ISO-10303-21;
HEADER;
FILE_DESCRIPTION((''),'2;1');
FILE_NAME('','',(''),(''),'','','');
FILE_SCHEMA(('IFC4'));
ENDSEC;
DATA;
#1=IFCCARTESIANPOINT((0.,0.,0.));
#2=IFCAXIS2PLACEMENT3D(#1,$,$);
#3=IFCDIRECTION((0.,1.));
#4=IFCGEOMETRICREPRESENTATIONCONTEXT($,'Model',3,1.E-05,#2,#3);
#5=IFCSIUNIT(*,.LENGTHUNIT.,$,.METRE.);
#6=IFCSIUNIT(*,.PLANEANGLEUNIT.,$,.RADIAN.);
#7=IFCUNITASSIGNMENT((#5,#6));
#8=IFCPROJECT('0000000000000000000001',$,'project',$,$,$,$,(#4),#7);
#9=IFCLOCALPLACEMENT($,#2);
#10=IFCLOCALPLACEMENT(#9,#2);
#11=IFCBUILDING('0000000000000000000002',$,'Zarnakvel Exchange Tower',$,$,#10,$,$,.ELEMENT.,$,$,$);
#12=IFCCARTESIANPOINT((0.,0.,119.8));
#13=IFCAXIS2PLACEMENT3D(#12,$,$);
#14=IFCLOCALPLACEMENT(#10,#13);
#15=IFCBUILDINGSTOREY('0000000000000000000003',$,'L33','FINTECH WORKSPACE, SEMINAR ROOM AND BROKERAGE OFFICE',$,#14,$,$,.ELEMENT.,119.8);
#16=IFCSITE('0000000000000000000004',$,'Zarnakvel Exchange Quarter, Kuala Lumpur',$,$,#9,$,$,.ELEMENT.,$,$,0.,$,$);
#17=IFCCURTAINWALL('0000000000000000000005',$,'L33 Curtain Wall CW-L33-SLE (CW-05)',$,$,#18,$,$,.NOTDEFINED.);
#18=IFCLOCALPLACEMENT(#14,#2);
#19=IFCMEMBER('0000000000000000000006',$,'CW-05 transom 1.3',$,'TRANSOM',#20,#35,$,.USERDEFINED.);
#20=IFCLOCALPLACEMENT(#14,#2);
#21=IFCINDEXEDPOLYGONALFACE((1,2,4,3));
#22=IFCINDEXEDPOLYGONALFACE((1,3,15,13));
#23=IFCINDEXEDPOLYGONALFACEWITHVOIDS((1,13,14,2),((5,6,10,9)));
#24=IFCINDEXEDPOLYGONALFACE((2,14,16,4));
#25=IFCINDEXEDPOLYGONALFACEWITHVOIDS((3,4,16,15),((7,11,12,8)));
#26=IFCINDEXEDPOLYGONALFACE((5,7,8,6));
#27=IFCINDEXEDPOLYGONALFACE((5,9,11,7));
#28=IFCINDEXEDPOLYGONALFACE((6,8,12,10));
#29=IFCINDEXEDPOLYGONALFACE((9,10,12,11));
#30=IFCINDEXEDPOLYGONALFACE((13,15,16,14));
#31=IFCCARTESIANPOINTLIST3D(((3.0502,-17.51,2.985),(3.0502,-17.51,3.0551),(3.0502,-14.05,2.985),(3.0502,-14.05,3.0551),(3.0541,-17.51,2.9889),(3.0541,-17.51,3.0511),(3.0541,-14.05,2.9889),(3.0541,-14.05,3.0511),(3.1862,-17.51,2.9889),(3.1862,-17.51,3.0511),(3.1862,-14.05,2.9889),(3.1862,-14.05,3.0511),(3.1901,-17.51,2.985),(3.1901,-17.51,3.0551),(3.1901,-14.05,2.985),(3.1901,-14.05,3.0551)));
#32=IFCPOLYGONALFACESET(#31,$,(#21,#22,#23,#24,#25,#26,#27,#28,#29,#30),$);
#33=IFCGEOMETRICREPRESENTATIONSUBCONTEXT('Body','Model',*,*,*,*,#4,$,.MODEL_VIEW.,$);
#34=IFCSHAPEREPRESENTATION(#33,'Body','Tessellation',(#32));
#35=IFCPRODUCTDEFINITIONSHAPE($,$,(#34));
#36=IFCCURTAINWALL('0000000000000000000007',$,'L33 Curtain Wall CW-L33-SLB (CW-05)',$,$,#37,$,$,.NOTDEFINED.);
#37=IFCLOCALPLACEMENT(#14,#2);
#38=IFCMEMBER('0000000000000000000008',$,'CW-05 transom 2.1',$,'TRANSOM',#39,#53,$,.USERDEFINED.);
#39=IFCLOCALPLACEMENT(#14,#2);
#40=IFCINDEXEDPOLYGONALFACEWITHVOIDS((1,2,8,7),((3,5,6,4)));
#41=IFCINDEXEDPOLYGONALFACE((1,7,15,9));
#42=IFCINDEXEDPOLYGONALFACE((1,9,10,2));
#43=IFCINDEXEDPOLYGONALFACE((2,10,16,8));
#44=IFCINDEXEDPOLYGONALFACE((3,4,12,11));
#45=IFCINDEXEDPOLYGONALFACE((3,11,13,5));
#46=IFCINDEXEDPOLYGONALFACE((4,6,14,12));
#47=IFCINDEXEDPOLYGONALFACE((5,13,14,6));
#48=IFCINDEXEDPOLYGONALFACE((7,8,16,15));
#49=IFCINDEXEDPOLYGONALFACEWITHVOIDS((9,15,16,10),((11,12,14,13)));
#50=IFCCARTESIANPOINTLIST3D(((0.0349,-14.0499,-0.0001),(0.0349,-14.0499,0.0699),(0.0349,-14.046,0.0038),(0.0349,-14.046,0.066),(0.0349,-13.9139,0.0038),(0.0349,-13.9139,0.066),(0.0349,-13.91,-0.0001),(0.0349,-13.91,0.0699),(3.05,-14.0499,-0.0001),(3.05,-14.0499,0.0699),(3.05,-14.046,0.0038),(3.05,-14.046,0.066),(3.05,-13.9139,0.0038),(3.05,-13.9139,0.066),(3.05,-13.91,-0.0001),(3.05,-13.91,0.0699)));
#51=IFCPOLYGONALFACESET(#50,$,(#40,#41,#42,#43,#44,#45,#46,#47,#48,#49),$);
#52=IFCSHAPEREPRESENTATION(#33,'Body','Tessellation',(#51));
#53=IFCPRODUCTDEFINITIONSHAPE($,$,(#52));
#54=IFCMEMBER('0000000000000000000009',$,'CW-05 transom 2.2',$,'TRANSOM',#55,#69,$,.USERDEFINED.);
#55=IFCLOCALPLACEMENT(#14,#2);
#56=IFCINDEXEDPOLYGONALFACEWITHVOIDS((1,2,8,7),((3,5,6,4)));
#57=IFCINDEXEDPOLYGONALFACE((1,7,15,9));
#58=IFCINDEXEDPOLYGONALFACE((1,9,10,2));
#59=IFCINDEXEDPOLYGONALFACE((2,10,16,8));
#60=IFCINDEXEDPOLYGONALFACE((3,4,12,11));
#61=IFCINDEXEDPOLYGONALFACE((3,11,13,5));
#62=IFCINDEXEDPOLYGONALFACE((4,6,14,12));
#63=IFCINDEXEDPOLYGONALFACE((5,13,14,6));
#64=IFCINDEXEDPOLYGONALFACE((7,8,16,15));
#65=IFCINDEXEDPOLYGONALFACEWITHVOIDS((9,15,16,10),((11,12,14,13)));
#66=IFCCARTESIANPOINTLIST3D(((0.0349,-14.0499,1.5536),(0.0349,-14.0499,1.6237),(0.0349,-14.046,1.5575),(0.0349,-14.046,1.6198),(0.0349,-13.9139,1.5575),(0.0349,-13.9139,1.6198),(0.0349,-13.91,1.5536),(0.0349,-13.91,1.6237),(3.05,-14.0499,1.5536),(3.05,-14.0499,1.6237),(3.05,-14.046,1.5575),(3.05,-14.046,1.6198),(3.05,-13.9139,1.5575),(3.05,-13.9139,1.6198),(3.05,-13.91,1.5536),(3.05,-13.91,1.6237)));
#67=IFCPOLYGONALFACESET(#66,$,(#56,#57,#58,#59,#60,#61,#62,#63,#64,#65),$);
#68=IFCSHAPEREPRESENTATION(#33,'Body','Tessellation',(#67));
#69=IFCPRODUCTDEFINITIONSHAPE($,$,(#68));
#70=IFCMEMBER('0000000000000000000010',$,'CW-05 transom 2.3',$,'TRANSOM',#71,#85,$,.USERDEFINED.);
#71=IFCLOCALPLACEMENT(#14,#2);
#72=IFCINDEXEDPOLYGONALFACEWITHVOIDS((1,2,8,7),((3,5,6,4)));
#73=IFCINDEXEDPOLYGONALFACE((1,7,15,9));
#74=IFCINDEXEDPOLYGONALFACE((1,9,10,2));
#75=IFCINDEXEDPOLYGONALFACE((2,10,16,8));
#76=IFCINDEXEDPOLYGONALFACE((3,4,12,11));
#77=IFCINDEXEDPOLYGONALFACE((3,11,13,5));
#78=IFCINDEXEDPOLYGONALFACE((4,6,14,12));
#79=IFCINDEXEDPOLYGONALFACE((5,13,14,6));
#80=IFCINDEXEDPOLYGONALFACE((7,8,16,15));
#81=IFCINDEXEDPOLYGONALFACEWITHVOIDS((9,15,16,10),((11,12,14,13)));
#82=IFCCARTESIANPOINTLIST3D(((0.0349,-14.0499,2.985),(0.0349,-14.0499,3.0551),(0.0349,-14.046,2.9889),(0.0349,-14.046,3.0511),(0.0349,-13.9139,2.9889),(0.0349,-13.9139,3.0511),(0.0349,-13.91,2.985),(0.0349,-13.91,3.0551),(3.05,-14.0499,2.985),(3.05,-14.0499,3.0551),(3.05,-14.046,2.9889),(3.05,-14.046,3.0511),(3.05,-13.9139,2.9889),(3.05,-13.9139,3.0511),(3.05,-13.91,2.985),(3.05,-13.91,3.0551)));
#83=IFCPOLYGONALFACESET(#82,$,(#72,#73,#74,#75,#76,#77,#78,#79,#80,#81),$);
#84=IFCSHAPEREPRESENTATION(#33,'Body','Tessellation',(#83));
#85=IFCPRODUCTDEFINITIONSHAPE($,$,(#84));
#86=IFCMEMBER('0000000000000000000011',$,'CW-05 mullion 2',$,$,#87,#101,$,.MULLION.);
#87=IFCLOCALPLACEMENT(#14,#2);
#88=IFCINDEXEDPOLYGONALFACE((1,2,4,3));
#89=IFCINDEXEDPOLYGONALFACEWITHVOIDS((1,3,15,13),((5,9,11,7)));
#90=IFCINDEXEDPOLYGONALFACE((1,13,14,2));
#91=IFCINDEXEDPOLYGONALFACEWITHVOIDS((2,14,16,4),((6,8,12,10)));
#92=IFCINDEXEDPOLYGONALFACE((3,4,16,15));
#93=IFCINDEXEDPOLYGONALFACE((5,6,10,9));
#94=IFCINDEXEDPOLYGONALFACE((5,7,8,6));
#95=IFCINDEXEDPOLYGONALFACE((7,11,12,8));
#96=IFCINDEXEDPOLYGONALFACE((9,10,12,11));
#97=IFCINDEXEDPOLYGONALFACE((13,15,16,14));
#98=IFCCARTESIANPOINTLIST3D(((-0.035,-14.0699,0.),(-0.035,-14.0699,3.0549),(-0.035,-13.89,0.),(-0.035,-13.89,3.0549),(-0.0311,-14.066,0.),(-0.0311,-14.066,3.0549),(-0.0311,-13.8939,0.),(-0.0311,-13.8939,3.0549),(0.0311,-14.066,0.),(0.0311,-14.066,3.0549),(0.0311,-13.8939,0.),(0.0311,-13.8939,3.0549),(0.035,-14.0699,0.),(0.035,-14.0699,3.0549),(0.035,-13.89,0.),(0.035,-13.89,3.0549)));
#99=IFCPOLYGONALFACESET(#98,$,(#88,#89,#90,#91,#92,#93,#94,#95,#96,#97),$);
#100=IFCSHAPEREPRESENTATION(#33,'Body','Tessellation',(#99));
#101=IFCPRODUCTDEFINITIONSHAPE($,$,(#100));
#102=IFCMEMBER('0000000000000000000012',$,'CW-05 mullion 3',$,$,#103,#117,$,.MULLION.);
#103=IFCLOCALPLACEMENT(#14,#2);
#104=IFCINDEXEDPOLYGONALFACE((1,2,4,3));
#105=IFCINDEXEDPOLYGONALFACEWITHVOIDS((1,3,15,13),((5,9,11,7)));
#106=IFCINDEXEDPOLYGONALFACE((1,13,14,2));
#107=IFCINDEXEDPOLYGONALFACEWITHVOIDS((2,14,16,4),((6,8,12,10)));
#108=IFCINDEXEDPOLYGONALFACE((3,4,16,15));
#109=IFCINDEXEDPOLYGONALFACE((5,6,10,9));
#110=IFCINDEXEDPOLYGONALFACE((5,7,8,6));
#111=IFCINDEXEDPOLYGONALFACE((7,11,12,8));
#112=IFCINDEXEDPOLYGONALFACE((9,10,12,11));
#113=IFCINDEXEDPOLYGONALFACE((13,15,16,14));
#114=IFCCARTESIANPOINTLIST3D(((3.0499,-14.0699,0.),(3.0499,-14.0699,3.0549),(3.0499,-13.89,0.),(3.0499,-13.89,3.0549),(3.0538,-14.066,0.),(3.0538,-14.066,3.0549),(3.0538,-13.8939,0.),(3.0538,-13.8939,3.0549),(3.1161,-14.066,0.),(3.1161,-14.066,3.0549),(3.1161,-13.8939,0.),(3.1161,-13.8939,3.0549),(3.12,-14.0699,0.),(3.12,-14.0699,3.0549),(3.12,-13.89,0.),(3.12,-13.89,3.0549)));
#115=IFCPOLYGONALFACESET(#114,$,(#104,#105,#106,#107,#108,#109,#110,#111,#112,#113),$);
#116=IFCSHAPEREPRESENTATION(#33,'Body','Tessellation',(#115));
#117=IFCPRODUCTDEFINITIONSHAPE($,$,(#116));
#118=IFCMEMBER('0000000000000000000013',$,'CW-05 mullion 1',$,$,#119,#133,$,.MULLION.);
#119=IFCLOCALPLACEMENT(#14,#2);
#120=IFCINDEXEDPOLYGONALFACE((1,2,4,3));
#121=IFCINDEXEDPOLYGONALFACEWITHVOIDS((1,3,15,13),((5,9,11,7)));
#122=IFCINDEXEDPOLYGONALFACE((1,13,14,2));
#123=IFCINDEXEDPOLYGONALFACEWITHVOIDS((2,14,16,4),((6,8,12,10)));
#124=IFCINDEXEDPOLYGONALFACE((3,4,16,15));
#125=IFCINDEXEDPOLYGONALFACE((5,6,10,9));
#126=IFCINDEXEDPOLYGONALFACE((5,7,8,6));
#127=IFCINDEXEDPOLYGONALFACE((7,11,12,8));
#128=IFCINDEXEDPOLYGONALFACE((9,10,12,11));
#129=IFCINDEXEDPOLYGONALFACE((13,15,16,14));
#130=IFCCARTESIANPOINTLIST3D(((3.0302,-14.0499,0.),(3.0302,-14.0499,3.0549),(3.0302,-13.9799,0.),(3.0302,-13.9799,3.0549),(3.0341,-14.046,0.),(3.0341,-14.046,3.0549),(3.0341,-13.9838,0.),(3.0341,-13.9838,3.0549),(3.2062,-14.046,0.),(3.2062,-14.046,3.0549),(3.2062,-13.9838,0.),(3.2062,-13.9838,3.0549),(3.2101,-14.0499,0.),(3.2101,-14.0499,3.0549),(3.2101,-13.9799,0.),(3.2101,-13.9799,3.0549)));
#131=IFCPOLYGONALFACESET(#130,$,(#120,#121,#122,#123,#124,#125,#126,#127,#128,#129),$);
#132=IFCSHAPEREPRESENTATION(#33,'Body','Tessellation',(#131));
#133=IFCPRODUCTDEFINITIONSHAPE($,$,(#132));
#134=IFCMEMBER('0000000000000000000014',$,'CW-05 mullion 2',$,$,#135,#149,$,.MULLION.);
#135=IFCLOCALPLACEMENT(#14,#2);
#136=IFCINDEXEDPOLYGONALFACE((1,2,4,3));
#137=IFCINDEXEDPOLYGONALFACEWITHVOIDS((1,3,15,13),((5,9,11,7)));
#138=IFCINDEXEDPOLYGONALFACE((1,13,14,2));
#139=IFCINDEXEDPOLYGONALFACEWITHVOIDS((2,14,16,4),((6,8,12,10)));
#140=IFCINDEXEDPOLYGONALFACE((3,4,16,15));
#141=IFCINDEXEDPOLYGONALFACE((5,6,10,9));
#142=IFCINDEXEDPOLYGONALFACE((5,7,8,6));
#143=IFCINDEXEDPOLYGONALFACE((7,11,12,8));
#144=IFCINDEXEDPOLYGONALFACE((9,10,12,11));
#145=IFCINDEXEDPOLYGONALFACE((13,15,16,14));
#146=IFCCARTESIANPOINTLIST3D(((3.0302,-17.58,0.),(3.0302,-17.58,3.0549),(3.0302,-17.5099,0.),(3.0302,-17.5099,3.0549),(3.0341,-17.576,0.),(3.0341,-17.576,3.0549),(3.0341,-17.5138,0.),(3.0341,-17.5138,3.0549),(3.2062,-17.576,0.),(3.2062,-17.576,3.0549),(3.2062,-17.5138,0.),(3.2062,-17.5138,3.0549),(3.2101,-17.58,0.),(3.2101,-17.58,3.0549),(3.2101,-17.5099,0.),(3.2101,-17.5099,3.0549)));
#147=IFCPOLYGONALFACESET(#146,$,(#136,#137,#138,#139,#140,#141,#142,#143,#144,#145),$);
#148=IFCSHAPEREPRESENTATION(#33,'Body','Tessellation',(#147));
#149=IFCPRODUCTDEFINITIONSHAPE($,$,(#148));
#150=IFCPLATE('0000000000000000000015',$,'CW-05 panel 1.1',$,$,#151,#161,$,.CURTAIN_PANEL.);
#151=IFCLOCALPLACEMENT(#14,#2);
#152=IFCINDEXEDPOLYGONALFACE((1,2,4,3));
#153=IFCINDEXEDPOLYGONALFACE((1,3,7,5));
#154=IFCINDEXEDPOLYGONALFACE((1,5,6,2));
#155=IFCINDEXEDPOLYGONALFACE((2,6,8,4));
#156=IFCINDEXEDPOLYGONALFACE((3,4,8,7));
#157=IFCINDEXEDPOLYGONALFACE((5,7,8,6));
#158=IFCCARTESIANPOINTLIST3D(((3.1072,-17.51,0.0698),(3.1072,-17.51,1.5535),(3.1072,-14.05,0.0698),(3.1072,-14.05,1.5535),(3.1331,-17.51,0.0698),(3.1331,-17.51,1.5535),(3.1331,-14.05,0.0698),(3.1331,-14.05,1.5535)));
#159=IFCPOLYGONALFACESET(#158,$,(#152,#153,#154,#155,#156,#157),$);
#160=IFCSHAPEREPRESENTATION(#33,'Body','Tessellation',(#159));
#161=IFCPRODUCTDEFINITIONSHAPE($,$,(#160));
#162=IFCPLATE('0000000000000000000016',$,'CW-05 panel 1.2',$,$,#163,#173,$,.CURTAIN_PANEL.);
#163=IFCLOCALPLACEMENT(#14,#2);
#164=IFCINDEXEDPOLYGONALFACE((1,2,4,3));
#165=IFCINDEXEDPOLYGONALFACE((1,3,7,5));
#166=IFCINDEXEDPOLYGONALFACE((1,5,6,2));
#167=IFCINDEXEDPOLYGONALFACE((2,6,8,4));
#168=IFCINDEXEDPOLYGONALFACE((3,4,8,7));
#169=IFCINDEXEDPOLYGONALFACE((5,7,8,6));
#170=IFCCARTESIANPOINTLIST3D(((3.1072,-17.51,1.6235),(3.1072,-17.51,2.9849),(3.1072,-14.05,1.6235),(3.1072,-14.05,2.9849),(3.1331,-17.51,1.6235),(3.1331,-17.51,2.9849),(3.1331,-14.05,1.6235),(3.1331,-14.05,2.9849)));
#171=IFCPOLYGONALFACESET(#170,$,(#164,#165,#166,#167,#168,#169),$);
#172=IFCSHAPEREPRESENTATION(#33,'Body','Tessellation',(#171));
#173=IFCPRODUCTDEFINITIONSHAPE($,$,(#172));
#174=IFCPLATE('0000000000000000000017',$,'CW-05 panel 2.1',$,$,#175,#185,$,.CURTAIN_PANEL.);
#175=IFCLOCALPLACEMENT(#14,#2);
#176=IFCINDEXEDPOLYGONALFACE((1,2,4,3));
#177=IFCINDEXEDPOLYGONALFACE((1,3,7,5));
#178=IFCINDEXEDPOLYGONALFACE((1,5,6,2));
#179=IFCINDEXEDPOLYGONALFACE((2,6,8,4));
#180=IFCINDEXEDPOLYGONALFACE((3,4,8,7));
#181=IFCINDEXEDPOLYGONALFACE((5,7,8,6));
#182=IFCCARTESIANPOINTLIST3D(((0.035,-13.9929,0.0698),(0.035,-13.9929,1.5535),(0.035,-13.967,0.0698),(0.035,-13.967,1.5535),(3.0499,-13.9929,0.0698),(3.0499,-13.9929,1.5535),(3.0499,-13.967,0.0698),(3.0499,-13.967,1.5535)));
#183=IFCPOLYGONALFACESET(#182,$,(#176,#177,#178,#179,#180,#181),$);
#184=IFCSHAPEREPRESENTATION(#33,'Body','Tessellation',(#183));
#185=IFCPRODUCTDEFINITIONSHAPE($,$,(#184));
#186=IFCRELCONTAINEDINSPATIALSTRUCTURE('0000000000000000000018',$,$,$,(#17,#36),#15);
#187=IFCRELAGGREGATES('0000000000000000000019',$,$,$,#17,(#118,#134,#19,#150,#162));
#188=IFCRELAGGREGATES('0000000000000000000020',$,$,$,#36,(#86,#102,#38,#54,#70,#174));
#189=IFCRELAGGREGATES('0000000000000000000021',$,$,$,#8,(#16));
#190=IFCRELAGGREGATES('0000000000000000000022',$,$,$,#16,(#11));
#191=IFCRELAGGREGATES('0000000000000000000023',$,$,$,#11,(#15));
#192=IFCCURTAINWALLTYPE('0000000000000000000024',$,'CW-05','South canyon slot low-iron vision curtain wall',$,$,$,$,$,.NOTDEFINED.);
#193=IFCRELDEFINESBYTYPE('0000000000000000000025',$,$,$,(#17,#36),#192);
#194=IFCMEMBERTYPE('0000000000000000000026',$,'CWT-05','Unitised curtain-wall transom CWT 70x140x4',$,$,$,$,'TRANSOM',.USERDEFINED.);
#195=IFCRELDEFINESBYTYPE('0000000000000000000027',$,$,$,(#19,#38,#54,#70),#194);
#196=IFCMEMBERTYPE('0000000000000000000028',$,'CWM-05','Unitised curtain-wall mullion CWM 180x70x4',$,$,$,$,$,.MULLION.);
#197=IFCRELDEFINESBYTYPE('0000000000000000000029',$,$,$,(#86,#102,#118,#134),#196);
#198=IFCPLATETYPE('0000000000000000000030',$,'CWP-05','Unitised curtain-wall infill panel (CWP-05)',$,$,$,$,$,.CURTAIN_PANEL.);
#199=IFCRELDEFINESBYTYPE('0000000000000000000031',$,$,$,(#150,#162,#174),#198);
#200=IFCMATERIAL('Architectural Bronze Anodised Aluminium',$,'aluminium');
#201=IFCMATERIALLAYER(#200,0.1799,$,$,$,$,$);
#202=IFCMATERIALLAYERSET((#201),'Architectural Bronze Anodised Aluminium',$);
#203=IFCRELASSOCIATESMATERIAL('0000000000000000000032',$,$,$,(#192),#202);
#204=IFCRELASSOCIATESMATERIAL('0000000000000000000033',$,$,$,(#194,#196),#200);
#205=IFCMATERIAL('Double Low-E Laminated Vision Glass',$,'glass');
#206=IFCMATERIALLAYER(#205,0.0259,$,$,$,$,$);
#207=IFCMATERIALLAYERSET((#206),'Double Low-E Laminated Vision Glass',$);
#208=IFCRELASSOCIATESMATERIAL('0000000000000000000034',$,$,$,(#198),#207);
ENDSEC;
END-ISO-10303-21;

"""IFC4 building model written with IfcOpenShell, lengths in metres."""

from ifc_helpers import new_model, si_unit, direction, frame, origin, origin_2d, place, context, subcontext, project, spatial, rectangle, hollow_rectangle, extrude, source, transform, mapped, material, layer, layer_set, material_profile, profile_set, type_object, element, aggregate, save


model = new_model("IFC4")

# Units and contexts
model_context = context("Model", 3, precision=1e-05, world=origin(), true_north=direction((0.0, 1.0)))
body_context = subcontext(model_context, "Body", "Model", "MODEL_VIEW")
ifc_project = project(units=[si_unit("LENGTHUNIT", "METRE"), si_unit("PLANEANGLEUNIT", "RADIAN")], contexts=[model_context])

# Site, building, storey
site_placement = place(None, origin())
site = spatial("IfcSite", under=ifc_project, at=site_placement, Name="Zarnakvel Exchange Quarter, Kuala Lumpur", CompositionType="ELEMENT", RefElevation=0.0)
building_placement = place(site_placement, origin())
building = spatial("IfcBuilding", under=site, at=building_placement, Name="Zarnakvel Exchange Tower", CompositionType="ELEMENT")
storey_placement = place(building_placement, frame((0.0, 0.0, 119.8)))
storey = spatial("IfcBuildingStorey", under=building, at=storey_placement, Name="L33", Description="FINTECH WORKSPACE, SEMINAR ROOM AND BROKERAGE OFFICE", CompositionType="ELEMENT", Elevation=119.8)

# Curtain walls, members
ifc_material_1 = material(Name="Architectural Bronze Anodised Aluminium", Category="aluminium")
ifc_layer_1 = layer(ifc_material_1, 0.1799)
ifc_layer_set_1 = layer_set([ifc_layer_1], Name="Architectural Bronze Anodised Aluminium")
curtain_wall_type = type_object("IfcCurtainWallType", Name="CW-05", Description="South canyon slot low-iron vision curtain wall", PredefinedType="NOTDEFINED", material=ifc_layer_set_1)
curtain_wall_1_placement = place(storey_placement, origin())
curtain_wall_1 = element("IfcCurtainWall", 1, at=curtain_wall_1_placement, inside=storey, type_object=curtain_wall_type, Name="L33 Curtain Wall CW-L33-SLE (CW-05)", PredefinedType="NOTDEFINED")
ifc_material_profile_1 = material_profile(ifc_material_1, hollow_rectangle(XDim=0.1399, YDim=0.0701, WallThickness=0.0039, at=origin_2d()))
ifc_profile_set_1 = profile_set([ifc_material_profile_1], Name="Architectural Bronze Anodised Aluminium")
member_type_1 = type_object("IfcMemberType", Name="CWT-05", Description="Unitised curtain-wall transom CWT 70x140x4", ElementType="TRANSOM", PredefinedType="USERDEFINED", material=ifc_profile_set_1)
shared_shape_1 = source(origin(), body_context, "Body", "SweptSolid", [
    extrude(hollow_rectangle(XDim=0.1399, YDim=0.0701, WallThickness=0.0039, at=origin_2d()), origin(), (0.0, 0.0, 1.0), 3.46),
])
member_1_placement = place(storey_placement, frame((3.1201, -14.05, 3.02), z_axis=(0.0, -1.0, 0.0), x_axis=(1.0, 0.0, 0.0)))
member_1 = element("IfcMember", 2, at=member_1_placement, type_object=member_type_1, Name="CW-05 transom 1.3", ObjectType="TRANSOM", PredefinedType="USERDEFINED", context=body_context, shape_type="MappedRepresentation", body=[
    mapped(shared_shape_1, transform((0.0, 0.0, 0.0), x_axis=(1.0, 0.0, 0.0), y_axis=(0.0, 1.0, 0.0), z_axis=(0.0, 0.0, 1.0), scale=1.0)),
])
curtain_wall_2_placement = place(storey_placement, origin())
curtain_wall_2 = element("IfcCurtainWall", 3, at=curtain_wall_2_placement, inside=storey, type_object=curtain_wall_type, Name="L33 Curtain Wall CW-L33-SLB (CW-05)", PredefinedType="NOTDEFINED")
shared_shape_2 = source(origin(), body_context, "Body", "SweptSolid", [
    extrude(hollow_rectangle(XDim=0.1399, YDim=0.0701, WallThickness=0.0039, at=origin_2d()), origin(), (0.0, 0.0, 1.0), 3.0151),
])
member_2_placement = place(storey_placement, frame((0.0349, -13.98, 0.0349), z_axis=(1.0, 0.0, 0.0), x_axis=(0.0, 1.0, 0.0)))
member_2 = element("IfcMember", 4, at=member_2_placement, type_object=member_type_1, Name="CW-05 transom 2.1", ObjectType="TRANSOM", PredefinedType="USERDEFINED", context=body_context, shape_type="MappedRepresentation", body=[
    mapped(shared_shape_2, transform((0.0, 0.0, 0.0), x_axis=(1.0, 0.0, 0.0), y_axis=(0.0, 1.0, 0.0), z_axis=(0.0, 0.0, 1.0), scale=1.0)),
])
member_3_placement = place(storey_placement, frame((0.0349, -13.98, 1.5886), z_axis=(1.0, 0.0, 0.0), x_axis=(0.0, 1.0, 0.0)))
member_3 = element("IfcMember", 5, at=member_3_placement, type_object=member_type_1, Name="CW-05 transom 2.2", ObjectType="TRANSOM", PredefinedType="USERDEFINED", context=body_context, shape_type="MappedRepresentation", body=[
    mapped(shared_shape_2, transform((0.0, 0.0, 0.0), x_axis=(1.0, 0.0, 0.0), y_axis=(0.0, 1.0, 0.0), z_axis=(0.0, 0.0, 1.0), scale=1.0)),
])
member_4_placement = place(storey_placement, frame((0.0349, -13.98, 3.02), z_axis=(1.0, 0.0, 0.0), x_axis=(0.0, 1.0, 0.0)))
member_4 = element("IfcMember", 6, at=member_4_placement, type_object=member_type_1, Name="CW-05 transom 2.3", ObjectType="TRANSOM", PredefinedType="USERDEFINED", context=body_context, shape_type="MappedRepresentation", body=[
    mapped(shared_shape_2, transform((0.0, 0.0, 0.0), x_axis=(1.0, 0.0, 0.0), y_axis=(0.0, 1.0, 0.0), z_axis=(0.0, 0.0, 1.0), scale=1.0)),
])
ifc_material_profile_2 = material_profile(ifc_material_1, hollow_rectangle(XDim=0.1799, YDim=0.0701, WallThickness=0.0039, at=origin_2d()))
ifc_profile_set_2 = profile_set([ifc_material_profile_2], Name="Architectural Bronze Anodised Aluminium")
member_type_2 = type_object("IfcMemberType", Name="CWM-05", Description="Unitised curtain-wall mullion CWM 180x70x4", PredefinedType="MULLION", material=ifc_profile_set_2)
shared_shape_3 = source(origin(), body_context, "Body", "SweptSolid", [
    extrude(hollow_rectangle(XDim=0.1799, YDim=0.0701, WallThickness=0.0039, at=origin_2d()), origin(), (0.0, 0.0, 1.0), 3.0549),
])
member_5_placement = place(storey_placement, frame((0.0, -13.98, 0.0), z_axis=(0.0, 0.0, 1.0), x_axis=(0.0, 1.0, 0.0)))
member_5 = element("IfcMember", 7, at=member_5_placement, type_object=member_type_2, Name="CW-05 mullion 2", PredefinedType="MULLION", context=body_context, shape_type="MappedRepresentation", body=[
    mapped(shared_shape_3, transform((0.0, 0.0, 0.0), x_axis=(1.0, 0.0, 0.0), y_axis=(0.0, 1.0, 0.0), z_axis=(0.0, 0.0, 1.0), scale=1.0)),
])
member_6_placement = place(storey_placement, frame((3.085, -13.98, 0.0), z_axis=(0.0, 0.0, 1.0), x_axis=(0.0, 1.0, 0.0)))
member_6 = element("IfcMember", 8, at=member_6_placement, type_object=member_type_2, Name="CW-05 mullion 3", PredefinedType="MULLION", context=body_context, shape_type="MappedRepresentation", body=[
    mapped(shared_shape_3, transform((0.0, 0.0, 0.0), x_axis=(1.0, 0.0, 0.0), y_axis=(0.0, 1.0, 0.0), z_axis=(0.0, 0.0, 1.0), scale=1.0)),
])

# Members
member_7_placement = place(storey_placement, frame((3.1201, -14.0149, 0.0), z_axis=(0.0, 0.0, 1.0), x_axis=(1.0, 0.0, 0.0)))
member_7 = element("IfcMember", 9, at=member_7_placement, type_object=member_type_2, Name="CW-05 mullion 1", PredefinedType="MULLION", context=body_context, shape_type="MappedRepresentation", body=[
    mapped(shared_shape_3, transform((0.0, 0.0, 0.0), x_axis=(1.0, 0.0, 0.0), y_axis=(0.0, 1.0, 0.0), z_axis=(0.0, 0.0, 1.0), scale=1.0)),
])
member_8_placement = place(storey_placement, frame((3.1201, -17.5449, 0.0), z_axis=(0.0, 0.0, 1.0), x_axis=(1.0, 0.0, 0.0)))
member_8 = element("IfcMember", 10, at=member_8_placement, type_object=member_type_2, Name="CW-05 mullion 2", PredefinedType="MULLION", context=body_context, shape_type="MappedRepresentation", body=[
    mapped(shared_shape_3, transform((0.0, 0.0, 0.0), x_axis=(1.0, 0.0, 0.0), y_axis=(0.0, 1.0, 0.0), z_axis=(0.0, 0.0, 1.0), scale=1.0)),
])

# Plates
ifc_material_2 = material(Name="Double Low-E Laminated Vision Glass", Category="glass")
ifc_layer_2 = layer(ifc_material_2, 0.0259)
ifc_layer_set_2 = layer_set([ifc_layer_2], Name="Double Low-E Laminated Vision Glass")
plate_type = type_object("IfcPlateType", Name="CWP-05", Description="Unitised curtain-wall infill panel (CWP-05)", PredefinedType="CURTAIN_PANEL", material=ifc_layer_set_2)
shared_shape_4 = source(origin(), body_context, "Body", "SweptSolid", [
    extrude(rectangle(XDim=3.46, YDim=0.0259, at=origin_2d()), origin(), (0.0, 0.0, 1.0), 1.4836),
])
plate_1_placement = place(storey_placement, frame((3.1201, -15.78, 0.0698), z_axis=(0.0, 0.0, 1.0), x_axis=(0.0, -1.0, 0.0)))
plate_1 = element("IfcPlate", 11, at=plate_1_placement, type_object=plate_type, Name="CW-05 panel 1.1", PredefinedType="CURTAIN_PANEL", context=body_context, shape_type="MappedRepresentation", body=[
    mapped(shared_shape_4, transform((0.0, 0.0, 0.0), x_axis=(1.0, 0.0, 0.0), y_axis=(0.0, 1.0, 0.0), z_axis=(0.0, 0.0, 1.0), scale=1.0)),
])
shared_shape_5 = source(origin(), body_context, "Body", "SweptSolid", [
    extrude(rectangle(XDim=3.46, YDim=0.0259, at=origin_2d()), origin(), (0.0, 0.0, 1.0), 1.3613),
])
plate_2_placement = place(storey_placement, frame((3.1201, -15.78, 1.6235), z_axis=(0.0, 0.0, 1.0), x_axis=(0.0, -1.0, 0.0)))
plate_2 = element("IfcPlate", 12, at=plate_2_placement, type_object=plate_type, Name="CW-05 panel 1.2", PredefinedType="CURTAIN_PANEL", context=body_context, shape_type="MappedRepresentation", body=[
    mapped(shared_shape_5, transform((0.0, 0.0, 0.0), x_axis=(1.0, 0.0, 0.0), y_axis=(0.0, 1.0, 0.0), z_axis=(0.0, 0.0, 1.0), scale=1.0)),
])
aggregate(curtain_wall_1, [member_7, member_8, member_1, plate_1, plate_2])
shared_shape_6 = source(origin(), body_context, "Body", "SweptSolid", [
    extrude(rectangle(XDim=3.0149, YDim=0.0259, at=origin_2d()), origin(), (0.0, 0.0, 1.0), 1.4836),
])
plate_3_placement = place(storey_placement, frame((1.5425, -13.98, 0.0698), z_axis=(0.0, 0.0, 1.0), x_axis=(1.0, 0.0, 0.0)))
plate_3 = element("IfcPlate", 13, at=plate_3_placement, type_object=plate_type, Name="CW-05 panel 2.1", PredefinedType="CURTAIN_PANEL", context=body_context, shape_type="MappedRepresentation", body=[
    mapped(shared_shape_6, transform((0.0, 0.0, 0.0), x_axis=(1.0, 0.0, 0.0), y_axis=(0.0, 1.0, 0.0), z_axis=(0.0, 0.0, 1.0), scale=1.0)),
])
aggregate(curtain_wall_2, [member_5, member_6, member_2, member_3, member_4, plate_3])

save(model, "model.ifc")
